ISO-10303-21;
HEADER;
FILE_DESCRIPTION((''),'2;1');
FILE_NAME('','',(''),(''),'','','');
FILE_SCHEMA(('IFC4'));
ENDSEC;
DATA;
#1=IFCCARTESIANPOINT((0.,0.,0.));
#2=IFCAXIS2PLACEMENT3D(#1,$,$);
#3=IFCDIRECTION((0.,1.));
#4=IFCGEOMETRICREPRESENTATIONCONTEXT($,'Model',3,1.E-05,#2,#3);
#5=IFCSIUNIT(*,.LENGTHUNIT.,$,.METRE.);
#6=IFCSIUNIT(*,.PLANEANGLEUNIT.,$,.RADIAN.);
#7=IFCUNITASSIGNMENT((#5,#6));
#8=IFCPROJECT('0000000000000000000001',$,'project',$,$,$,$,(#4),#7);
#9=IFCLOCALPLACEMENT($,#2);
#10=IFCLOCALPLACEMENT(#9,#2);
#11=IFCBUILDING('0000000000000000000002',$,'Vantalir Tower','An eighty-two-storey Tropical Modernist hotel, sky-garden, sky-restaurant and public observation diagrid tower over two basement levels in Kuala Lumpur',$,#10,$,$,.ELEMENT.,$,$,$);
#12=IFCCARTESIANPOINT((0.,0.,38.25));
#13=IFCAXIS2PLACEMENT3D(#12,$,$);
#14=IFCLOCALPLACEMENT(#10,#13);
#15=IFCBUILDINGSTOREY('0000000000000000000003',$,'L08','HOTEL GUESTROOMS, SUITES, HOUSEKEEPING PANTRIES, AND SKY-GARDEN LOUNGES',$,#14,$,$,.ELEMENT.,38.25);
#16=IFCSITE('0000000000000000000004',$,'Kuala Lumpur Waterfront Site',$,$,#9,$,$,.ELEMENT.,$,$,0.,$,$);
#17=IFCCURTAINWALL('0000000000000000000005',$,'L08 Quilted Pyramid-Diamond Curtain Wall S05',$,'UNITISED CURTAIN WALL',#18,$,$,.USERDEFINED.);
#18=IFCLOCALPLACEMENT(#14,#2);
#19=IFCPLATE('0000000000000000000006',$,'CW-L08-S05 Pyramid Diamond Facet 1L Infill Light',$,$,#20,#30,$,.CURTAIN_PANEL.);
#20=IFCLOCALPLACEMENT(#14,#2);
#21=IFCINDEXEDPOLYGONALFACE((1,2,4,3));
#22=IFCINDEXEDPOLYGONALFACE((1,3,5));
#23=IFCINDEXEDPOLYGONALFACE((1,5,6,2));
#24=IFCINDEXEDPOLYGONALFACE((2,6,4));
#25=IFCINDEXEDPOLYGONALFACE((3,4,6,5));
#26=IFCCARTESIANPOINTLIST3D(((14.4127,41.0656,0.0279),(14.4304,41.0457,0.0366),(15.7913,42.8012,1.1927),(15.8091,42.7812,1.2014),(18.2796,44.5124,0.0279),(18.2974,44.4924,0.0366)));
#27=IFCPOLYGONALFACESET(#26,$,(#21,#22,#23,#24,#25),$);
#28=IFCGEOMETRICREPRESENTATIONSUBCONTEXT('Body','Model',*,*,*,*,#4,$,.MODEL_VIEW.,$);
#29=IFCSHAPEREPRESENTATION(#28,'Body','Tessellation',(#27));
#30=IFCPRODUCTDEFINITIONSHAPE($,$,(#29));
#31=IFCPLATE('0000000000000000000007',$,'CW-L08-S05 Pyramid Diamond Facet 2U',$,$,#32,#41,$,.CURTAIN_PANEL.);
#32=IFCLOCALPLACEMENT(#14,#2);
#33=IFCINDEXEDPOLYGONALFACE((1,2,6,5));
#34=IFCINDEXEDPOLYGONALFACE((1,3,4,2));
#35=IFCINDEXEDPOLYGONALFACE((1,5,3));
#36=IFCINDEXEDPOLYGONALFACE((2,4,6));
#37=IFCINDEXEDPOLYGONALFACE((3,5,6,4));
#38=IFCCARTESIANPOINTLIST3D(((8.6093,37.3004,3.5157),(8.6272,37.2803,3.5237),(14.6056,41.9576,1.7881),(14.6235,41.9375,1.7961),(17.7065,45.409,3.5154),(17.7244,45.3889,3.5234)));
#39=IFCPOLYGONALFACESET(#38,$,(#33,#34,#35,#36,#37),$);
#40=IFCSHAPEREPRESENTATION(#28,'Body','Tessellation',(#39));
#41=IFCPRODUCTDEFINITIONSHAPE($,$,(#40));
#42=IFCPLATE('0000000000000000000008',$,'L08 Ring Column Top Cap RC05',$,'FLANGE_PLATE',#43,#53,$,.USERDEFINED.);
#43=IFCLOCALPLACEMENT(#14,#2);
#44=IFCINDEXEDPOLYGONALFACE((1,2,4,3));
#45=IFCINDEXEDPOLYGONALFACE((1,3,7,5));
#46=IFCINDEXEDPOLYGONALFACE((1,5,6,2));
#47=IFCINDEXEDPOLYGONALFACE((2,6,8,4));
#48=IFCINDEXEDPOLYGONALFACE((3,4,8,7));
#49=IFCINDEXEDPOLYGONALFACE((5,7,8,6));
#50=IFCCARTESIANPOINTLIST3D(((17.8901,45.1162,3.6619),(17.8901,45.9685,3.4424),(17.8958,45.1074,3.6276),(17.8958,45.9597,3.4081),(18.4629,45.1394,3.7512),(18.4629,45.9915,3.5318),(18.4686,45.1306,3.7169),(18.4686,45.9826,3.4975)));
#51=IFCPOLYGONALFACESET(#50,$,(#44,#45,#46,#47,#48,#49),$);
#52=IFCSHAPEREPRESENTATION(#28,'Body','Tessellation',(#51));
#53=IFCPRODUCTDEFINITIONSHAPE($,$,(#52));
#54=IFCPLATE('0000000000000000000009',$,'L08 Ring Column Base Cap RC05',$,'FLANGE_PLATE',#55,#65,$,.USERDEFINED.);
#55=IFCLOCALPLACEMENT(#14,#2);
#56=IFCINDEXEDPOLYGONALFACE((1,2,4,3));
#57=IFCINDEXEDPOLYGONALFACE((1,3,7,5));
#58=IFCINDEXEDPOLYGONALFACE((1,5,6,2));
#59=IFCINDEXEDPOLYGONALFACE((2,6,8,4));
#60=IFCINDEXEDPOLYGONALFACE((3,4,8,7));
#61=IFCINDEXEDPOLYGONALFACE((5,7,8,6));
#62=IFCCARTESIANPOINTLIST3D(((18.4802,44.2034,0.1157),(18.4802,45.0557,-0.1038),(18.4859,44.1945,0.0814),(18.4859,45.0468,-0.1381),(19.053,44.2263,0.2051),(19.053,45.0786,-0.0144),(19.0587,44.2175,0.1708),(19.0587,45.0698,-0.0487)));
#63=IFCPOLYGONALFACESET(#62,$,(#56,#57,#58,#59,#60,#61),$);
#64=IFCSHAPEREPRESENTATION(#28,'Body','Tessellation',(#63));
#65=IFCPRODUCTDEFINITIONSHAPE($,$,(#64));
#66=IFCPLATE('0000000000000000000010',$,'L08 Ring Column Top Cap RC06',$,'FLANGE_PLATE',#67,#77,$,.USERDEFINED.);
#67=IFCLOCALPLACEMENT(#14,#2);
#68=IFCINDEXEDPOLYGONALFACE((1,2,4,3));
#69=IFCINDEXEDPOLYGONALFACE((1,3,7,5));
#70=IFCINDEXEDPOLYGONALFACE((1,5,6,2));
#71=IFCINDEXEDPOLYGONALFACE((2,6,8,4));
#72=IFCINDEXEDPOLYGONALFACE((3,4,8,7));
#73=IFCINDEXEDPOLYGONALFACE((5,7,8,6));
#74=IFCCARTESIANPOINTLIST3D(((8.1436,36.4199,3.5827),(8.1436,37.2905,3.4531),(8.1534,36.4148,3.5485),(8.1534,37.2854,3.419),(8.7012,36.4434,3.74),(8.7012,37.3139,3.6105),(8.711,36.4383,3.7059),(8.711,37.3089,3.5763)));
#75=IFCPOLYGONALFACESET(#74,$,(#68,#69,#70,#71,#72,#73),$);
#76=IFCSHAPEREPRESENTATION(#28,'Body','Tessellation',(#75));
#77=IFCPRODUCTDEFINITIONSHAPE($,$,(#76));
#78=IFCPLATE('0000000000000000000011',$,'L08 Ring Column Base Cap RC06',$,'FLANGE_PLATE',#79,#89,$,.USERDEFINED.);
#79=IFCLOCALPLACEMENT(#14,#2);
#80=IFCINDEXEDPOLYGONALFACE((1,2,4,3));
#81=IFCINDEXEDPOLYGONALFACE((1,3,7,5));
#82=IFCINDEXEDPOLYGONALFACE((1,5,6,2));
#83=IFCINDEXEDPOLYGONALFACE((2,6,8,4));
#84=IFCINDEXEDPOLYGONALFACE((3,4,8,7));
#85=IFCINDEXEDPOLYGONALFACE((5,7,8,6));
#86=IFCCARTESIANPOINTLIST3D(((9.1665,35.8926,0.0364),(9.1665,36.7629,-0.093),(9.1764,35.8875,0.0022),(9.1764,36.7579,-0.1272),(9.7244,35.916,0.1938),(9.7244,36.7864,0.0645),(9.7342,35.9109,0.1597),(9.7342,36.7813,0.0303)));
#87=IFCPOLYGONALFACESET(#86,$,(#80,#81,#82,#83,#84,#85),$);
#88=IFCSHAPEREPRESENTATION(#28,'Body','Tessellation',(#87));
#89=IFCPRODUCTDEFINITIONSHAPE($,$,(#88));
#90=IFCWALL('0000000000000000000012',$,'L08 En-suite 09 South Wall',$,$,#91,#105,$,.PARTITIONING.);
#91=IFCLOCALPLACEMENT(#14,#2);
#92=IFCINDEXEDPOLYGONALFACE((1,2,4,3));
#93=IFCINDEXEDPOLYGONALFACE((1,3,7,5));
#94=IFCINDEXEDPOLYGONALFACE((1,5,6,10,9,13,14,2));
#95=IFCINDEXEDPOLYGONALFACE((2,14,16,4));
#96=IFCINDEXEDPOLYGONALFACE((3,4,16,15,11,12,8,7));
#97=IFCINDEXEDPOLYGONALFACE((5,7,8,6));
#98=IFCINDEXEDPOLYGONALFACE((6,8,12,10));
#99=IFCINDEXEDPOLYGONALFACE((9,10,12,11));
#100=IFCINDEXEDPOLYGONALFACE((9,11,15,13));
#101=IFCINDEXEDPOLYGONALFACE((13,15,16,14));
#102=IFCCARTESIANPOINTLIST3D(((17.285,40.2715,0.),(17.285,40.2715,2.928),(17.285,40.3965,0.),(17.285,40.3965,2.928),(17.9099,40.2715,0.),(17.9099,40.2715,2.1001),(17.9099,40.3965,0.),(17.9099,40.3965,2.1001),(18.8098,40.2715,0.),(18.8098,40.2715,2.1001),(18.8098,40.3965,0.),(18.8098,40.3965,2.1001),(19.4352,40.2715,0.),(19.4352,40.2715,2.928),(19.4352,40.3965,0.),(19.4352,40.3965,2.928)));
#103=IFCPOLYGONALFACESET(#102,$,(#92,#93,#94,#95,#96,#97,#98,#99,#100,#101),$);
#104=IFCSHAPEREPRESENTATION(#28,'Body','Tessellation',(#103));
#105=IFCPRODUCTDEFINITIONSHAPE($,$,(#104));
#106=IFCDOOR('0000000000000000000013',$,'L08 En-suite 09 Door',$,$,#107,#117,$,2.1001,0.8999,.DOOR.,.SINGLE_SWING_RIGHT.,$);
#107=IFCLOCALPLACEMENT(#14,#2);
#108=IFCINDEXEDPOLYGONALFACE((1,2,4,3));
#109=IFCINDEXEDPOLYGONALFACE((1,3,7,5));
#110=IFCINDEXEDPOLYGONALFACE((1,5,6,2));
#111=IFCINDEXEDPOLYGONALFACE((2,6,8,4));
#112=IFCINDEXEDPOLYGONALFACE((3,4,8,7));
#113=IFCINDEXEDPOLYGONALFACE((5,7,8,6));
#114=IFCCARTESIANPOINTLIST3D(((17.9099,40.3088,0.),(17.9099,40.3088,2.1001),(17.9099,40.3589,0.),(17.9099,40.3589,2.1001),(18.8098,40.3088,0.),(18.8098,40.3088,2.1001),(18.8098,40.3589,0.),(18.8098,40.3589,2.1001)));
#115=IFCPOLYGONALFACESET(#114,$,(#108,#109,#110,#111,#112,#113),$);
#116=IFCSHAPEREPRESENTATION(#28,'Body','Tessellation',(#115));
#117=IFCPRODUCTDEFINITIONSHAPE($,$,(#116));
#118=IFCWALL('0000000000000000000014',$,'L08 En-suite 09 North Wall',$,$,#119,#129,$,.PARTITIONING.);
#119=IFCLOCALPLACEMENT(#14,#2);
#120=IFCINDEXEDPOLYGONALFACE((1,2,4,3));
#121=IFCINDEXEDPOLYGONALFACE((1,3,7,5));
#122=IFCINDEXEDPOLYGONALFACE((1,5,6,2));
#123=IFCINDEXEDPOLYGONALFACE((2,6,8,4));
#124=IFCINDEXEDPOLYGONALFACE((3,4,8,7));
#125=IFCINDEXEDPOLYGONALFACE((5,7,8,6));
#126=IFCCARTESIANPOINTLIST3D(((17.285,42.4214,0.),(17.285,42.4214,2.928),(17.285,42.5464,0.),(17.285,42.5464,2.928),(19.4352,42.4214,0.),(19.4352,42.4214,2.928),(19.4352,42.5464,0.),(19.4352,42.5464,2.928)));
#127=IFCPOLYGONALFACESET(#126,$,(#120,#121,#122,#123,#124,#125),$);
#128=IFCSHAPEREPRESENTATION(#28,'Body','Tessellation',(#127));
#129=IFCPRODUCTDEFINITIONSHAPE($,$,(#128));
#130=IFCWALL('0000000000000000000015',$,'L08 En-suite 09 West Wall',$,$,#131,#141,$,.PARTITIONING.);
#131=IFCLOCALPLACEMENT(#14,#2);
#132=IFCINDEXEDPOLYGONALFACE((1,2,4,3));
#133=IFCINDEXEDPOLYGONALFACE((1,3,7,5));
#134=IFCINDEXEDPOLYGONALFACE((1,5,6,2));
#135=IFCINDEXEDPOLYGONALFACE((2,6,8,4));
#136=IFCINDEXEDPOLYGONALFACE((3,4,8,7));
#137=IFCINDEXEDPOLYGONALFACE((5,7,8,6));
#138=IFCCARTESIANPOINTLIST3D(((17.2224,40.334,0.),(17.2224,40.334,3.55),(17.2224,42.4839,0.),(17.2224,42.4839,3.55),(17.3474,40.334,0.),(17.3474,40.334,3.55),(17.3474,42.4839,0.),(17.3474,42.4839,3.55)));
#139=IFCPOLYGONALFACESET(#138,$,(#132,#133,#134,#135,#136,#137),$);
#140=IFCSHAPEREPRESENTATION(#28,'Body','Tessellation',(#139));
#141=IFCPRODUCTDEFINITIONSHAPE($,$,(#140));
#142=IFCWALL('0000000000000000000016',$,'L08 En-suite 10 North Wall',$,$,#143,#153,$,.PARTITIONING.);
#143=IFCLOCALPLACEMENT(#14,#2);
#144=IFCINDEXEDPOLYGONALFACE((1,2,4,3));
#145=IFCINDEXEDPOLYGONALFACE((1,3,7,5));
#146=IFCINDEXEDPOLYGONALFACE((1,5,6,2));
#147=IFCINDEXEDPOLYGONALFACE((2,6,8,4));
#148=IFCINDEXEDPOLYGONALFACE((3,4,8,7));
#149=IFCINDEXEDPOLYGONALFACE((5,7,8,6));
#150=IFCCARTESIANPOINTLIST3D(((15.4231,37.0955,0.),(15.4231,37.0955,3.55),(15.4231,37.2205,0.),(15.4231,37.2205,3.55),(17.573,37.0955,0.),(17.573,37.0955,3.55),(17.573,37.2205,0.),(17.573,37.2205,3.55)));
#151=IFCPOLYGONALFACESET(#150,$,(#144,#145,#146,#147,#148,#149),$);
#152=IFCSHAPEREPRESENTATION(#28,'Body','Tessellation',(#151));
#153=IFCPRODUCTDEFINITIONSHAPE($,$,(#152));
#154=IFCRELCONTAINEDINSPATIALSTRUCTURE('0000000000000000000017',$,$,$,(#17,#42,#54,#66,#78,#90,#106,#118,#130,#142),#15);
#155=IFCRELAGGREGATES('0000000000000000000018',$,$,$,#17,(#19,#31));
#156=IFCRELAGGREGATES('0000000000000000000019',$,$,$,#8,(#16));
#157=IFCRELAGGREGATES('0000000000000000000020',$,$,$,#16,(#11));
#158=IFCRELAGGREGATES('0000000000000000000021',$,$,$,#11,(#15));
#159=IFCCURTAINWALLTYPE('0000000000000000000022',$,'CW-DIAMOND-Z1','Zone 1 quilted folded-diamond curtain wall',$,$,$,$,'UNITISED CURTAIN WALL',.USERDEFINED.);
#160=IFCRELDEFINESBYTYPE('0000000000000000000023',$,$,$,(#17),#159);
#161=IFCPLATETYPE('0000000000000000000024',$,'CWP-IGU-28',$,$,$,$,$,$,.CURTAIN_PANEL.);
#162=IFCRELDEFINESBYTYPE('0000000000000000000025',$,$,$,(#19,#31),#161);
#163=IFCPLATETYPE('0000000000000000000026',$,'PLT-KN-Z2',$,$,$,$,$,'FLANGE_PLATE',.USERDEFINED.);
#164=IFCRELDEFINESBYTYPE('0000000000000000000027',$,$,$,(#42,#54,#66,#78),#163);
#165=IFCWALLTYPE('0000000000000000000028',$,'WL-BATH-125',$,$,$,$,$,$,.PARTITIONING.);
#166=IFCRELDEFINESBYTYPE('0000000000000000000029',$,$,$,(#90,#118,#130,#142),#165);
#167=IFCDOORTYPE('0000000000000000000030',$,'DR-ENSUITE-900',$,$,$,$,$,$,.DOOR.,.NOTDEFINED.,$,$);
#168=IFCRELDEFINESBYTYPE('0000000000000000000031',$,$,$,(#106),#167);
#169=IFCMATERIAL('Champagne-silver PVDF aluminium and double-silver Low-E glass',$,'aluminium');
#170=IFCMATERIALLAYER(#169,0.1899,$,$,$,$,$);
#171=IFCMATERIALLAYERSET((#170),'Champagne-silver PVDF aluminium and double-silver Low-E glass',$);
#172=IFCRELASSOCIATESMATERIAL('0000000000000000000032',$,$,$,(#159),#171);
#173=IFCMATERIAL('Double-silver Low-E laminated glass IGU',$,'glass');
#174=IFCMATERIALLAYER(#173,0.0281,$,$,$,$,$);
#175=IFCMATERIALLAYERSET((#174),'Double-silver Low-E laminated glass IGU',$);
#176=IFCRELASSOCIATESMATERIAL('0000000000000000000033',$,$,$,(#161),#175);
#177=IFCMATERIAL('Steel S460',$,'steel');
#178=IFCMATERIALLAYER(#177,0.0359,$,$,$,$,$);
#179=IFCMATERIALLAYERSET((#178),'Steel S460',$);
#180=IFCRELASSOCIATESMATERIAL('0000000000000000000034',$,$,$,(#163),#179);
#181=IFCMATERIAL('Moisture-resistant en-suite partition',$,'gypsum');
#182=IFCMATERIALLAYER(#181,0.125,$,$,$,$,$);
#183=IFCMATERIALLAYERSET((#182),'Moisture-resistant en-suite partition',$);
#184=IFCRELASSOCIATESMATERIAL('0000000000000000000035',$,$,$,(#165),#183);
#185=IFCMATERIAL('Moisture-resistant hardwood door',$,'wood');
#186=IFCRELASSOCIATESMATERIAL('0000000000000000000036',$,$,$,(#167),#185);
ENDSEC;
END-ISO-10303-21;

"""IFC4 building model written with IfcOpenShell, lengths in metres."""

from ifc_helpers import new_model, si_unit, direction, frame, frame_2d, origin, place, context, subcontext, project, spatial, polyline, rectangle, outline, extrude, material, layer, layer_set, type_object, element, fill, aggregate, save


model = new_model("IFC4")

# Units and contexts
model_context = context("Model", 3, precision=1e-05, world=origin(), true_north=direction((0.0, 1.0)))
body_context = subcontext(model_context, "Body", "Model", "MODEL_VIEW")
ifc_project = project(units=[si_unit("LENGTHUNIT", "METRE"), si_unit("PLANEANGLEUNIT", "RADIAN")], contexts=[model_context])

# Site, building, storey
site_placement = place(None, origin())
site = spatial("IfcSite", under=ifc_project, at=site_placement, Name="Kuala Lumpur Waterfront Site", CompositionType="ELEMENT", RefElevation=0.0)
building_placement = place(site_placement, origin())
building = spatial("IfcBuilding", under=site, at=building_placement, Name="Vantalir Tower", Description="An eighty-two-storey Tropical Modernist hotel, sky-garden, sky-restaurant and public observation diagrid tower over two basement levels in Kuala Lumpur", CompositionType="ELEMENT")
storey_placement = place(building_placement, frame((0.0, 0.0, 38.25)))
storey = spatial("IfcBuildingStorey", under=building, at=storey_placement, Name="L08", Description="HOTEL GUESTROOMS, SUITES, HOUSEKEEPING PANTRIES, AND SKY-GARDEN LOUNGES", CompositionType="ELEMENT", Elevation=38.25)

# Shared definitions
ifc_material_1 = material(Name="Steel S460", Category="steel")

# Shared definitions
ifc_material_2 = material(Name="Champagne-silver PVDF aluminium and double-silver Low-E glass", Category="aluminium")
ifc_layer_1 = layer(ifc_material_2, 0.1899)
ifc_layer_set_1 = layer_set([ifc_layer_1], Name="Champagne-silver PVDF aluminium and double-silver Low-E glass")
curtain_wall_type = type_object("IfcCurtainWallType", Name="CW-DIAMOND-Z1", Description="Zone 1 quilted folded-diamond curtain wall", ElementType="UNITISED CURTAIN WALL", PredefinedType="USERDEFINED", material=ifc_layer_set_1)

# Curtain wall
curtain_wall_1_placement = place(storey_placement, origin())
curtain_wall_1 = element("IfcCurtainWall", 1, at=curtain_wall_1_placement, inside=storey, type_object=curtain_wall_type, Name="L08 Quilted Pyramid-Diamond Curtain Wall S05", ObjectType="UNITISED CURTAIN WALL", PredefinedType="USERDEFINED")

# Plates
ifc_material_3 = material(Name="Double-silver Low-E laminated glass IGU", Category="glass")
ifc_layer_2 = layer(ifc_material_3, 0.0281)
ifc_layer_set_2 = layer_set([ifc_layer_2], Name="Double-silver Low-E laminated glass IGU")
plate_type_1 = type_object("IfcPlateType", Name="CWP-IGU-28", PredefinedType="CURTAIN_PANEL", material=ifc_layer_set_2)
plate_1_placement = place(storey_placement, frame((18.2974, 44.4924, 0.0366), z_axis=(0.632851, -0.709996, 0.308877), x_axis=(-0.746499, -0.665387, 0.0)))
plate_1 = element("IfcPlate", 2, at=plate_1_placement, type_object=plate_type_1, Name="CW-L08-S05 Pyramid Diamond Facet 1L Infill Light", PredefinedType="CURTAIN_PANEL", context=body_context, shape_type="SweptSolid", body=[
    extrude(outline(polyline([(0.0, 0.0), (5.1801, 0.0), (2.9961, -1.2247), (0.0, 0.0)])), origin(), (0.0, 0.0, -1.0), 0.0281),
])
plate_2_placement = place(storey_placement, frame((8.6272, 37.2803, 3.5237), z_axis=(0.63783, -0.715579, 0.284815), x_axis=(0.746501, 0.665384, -0.00002)))
plate_2 = element("IfcPlate", 3, at=plate_2_placement, type_object=plate_type_1, Name="CW-L08-S05 Pyramid Diamond Facet 2U", PredefinedType="CURTAIN_PANEL", context=body_context, shape_type="SweptSolid", body=[
    extrude(outline(polyline([(0.0, 0.0), (12.1864, 0.0), (7.5752, -1.802), (0.0, 0.0)])), origin(), (0.0, 0.0, -1.0), 0.0281),
])
aggregate(curtain_wall_1, [plate_1, plate_2])

# Plates
ifc_layer_3 = layer(ifc_material_1, 0.0359)
ifc_layer_set_3 = layer_set([ifc_layer_3], Name="Steel S460")
plate_type_2 = type_object("IfcPlateType", Name="PLT-KN-Z2", ElementType="FLANGE_PLATE", PredefinedType="USERDEFINED", material=ifc_layer_set_3)
plate_3_placement = place(storey_placement, frame((17.8901, 45.9685, 3.4424), z_axis=(-0.159075, 0.246241, 0.956065), x_axis=(-0.000005, -0.968397, 0.249416)))
element("IfcPlate", 4, at=plate_3_placement, inside=storey, type_object=plate_type_2, Name="L08 Ring Column Top Cap RC05", ObjectType="FLANGE_PLATE", PredefinedType="USERDEFINED", context=body_context, shape_type="SweptSolid", body=[
    extrude(outline(polyline([(0.0, 0.0), (0.8801, 0.0), (0.8799, 0.5801), (0.0001, 0.5801), (0.0, 0.0)])), origin(), (0.0, 0.0, -1.0), 0.0359),
])
plate_4_placement = place(storey_placement, frame((18.4802, 45.0557, -0.1038), z_axis=(-0.159024, 0.24621, 0.956082), x_axis=(0.0, -0.968405, 0.249383)))
element("IfcPlate", 5, at=plate_4_placement, inside=storey, type_object=plate_type_2, Name="L08 Ring Column Base Cap RC05", ObjectType="FLANGE_PLATE", PredefinedType="USERDEFINED", context=body_context, shape_type="SweptSolid", body=[
    extrude(outline(polyline([(0.0, 0.0), (0.8801, 0.0), (0.8802, 0.5801), (0.0001, 0.5801), (0.0, 0.0)])), origin(), (0.0, 0.0, -1.0), 0.0359),
])
plate_5_placement = place(storey_placement, frame((8.1436, 37.2905, 3.4531), z_axis=(-0.274347, 0.141501, 0.951163), x_axis=(0.000036, -0.989113, 0.147157)))
element("IfcPlate", 6, at=plate_5_placement, inside=storey, type_object=plate_type_2, Name="L08 Ring Column Top Cap RC06", ObjectType="FLANGE_PLATE", PredefinedType="USERDEFINED", context=body_context, shape_type="SweptSolid", body=[
    extrude(outline(polyline([(0.0, 0.0), (0.8802, 0.0), (0.8802, 0.5798), (0.0, 0.5799), (0.0, 0.0)])), origin(), (0.0, 0.0, -1.0), 0.0359),
])
plate_6_placement = place(storey_placement, frame((9.1665, 36.7629, -0.093), z_axis=(-0.274428, 0.141406, 0.951154), x_axis=(0.0, -0.989129, 0.147051)))
element("IfcPlate", 7, at=plate_6_placement, inside=storey, type_object=plate_type_2, Name="L08 Ring Column Base Cap RC06", ObjectType="FLANGE_PLATE", PredefinedType="USERDEFINED", context=body_context, shape_type="SweptSolid", body=[
    extrude(outline(polyline([(0.0, 0.0), (0.8799, 0.0), (0.8799, 0.5801), (0.0, 0.5801), (0.0, 0.0)])), origin(), (0.0, 0.0, -1.0), 0.0359),
])

# Wall, opening, door
ifc_material_4 = material(Name="Moisture-resistant en-suite partition", Category="gypsum")
ifc_layer_4 = layer(ifc_material_4, 0.125)
ifc_layer_set_4 = layer_set([ifc_layer_4], Name="Moisture-resistant en-suite partition")
wall_type = type_object("IfcWallType", Name="WL-BATH-125", PredefinedType="PARTITIONING", material=ifc_layer_set_4)
wall_1_placement = place(storey_placement, frame((17.2849, 40.334, 0.0), z_axis=(0.0, 0.0, 1.0), x_axis=(1.0, 0.0, 0.0)))
wall_1 = element("IfcWall", 8, at=wall_1_placement, inside=storey, type_object=wall_type, Name="L08 En-suite 09 South Wall", PredefinedType="PARTITIONING", context=body_context, shape_type="SweptSolid", body=[
    extrude(rectangle(XDim=2.1501, YDim=0.125, at=frame_2d((1.0752, 0.0))), origin(), (0.0, 0.0, 1.0), 2.928),
])
opening_placement = place(wall_1_placement, frame((0.625, 0.0, 0.0)))
opening = element("IfcOpeningElement", 9, at=opening_placement, cuts=wall_1, PredefinedType="OPENING", context=body_context, shape_type="SweptSolid", body=[
    extrude(rectangle(XDim=0.8999, YDim=2.1001, at=frame_2d((0.45, 1.05))), frame((0.0, 0.0725, 0.0), z_axis=(0.0, -1.0, 0.0), x_axis=(1.0, 0.0, 0.0)), (0.0, 0.0, 1.0), 0.145),
])
ifc_material_5 = material(Name="Moisture-resistant hardwood door", Category="wood")
door_type = type_object("IfcDoorType", Name="DR-ENSUITE-900", OperationType="NOTDEFINED", PredefinedType="DOOR", material=ifc_material_5)
door_placement = place(opening_placement, origin())
door = element("IfcDoor", 10, at=door_placement, inside=storey, type_object=door_type, Name="L08 En-suite 09 Door", OperationType="SINGLE_SWING_RIGHT", OverallHeight=2.1001, OverallWidth=0.8999, PredefinedType="DOOR", context=body_context, shape_type="SweptSolid", body=[
    extrude(rectangle(XDim=0.8999, YDim=2.1001, at=frame_2d((0.45, 1.05))), frame((0.0, 0.0249, 0.0), z_axis=(0.0, -1.0, 0.0), x_axis=(1.0, 0.0, 0.0)), (0.0, 0.0, 1.0), 0.05),
])
fill(opening, door)

# Walls
wall_2_placement = place(storey_placement, frame((17.2849, 42.4839, 0.0), z_axis=(0.0, 0.0, 1.0), x_axis=(1.0, 0.0, 0.0)))
element("IfcWall", 11, at=wall_2_placement, inside=storey, type_object=wall_type, Name="L08 En-suite 09 North Wall", PredefinedType="PARTITIONING", context=body_context, shape_type="SweptSolid", body=[
    extrude(rectangle(XDim=2.1501, YDim=0.125, at=frame_2d((1.0752, 0.0))), origin(), (0.0, 0.0, 1.0), 2.928),
])
for number, where, z_axis, x_axis, name in (
    (12, (17.2849, 40.334, 0.0), (0.0, 0.0, 1.0), (0.0, 1.0, 0.0), "L08 En-suite 09 West Wall"),
    (13, (15.4231, 37.158, 0.0), (0.0, 0.0, 1.0), (1.0, 0.0, 0.0), "L08 En-suite 10 North Wall"),
):
    element("IfcWall", number, at=place(storey_placement, frame(where, z_axis=z_axis, x_axis=x_axis)), inside=storey, type_object=wall_type, Name=name, PredefinedType="PARTITIONING", context=body_context, shape_type="SweptSolid", body=[
        extrude(rectangle(XDim=2.1499, YDim=0.125, at=frame_2d((1.075, 0.0))), origin(), (0.0, 0.0, 1.0), 3.55),
    ])

save(model, "model.ifc")
